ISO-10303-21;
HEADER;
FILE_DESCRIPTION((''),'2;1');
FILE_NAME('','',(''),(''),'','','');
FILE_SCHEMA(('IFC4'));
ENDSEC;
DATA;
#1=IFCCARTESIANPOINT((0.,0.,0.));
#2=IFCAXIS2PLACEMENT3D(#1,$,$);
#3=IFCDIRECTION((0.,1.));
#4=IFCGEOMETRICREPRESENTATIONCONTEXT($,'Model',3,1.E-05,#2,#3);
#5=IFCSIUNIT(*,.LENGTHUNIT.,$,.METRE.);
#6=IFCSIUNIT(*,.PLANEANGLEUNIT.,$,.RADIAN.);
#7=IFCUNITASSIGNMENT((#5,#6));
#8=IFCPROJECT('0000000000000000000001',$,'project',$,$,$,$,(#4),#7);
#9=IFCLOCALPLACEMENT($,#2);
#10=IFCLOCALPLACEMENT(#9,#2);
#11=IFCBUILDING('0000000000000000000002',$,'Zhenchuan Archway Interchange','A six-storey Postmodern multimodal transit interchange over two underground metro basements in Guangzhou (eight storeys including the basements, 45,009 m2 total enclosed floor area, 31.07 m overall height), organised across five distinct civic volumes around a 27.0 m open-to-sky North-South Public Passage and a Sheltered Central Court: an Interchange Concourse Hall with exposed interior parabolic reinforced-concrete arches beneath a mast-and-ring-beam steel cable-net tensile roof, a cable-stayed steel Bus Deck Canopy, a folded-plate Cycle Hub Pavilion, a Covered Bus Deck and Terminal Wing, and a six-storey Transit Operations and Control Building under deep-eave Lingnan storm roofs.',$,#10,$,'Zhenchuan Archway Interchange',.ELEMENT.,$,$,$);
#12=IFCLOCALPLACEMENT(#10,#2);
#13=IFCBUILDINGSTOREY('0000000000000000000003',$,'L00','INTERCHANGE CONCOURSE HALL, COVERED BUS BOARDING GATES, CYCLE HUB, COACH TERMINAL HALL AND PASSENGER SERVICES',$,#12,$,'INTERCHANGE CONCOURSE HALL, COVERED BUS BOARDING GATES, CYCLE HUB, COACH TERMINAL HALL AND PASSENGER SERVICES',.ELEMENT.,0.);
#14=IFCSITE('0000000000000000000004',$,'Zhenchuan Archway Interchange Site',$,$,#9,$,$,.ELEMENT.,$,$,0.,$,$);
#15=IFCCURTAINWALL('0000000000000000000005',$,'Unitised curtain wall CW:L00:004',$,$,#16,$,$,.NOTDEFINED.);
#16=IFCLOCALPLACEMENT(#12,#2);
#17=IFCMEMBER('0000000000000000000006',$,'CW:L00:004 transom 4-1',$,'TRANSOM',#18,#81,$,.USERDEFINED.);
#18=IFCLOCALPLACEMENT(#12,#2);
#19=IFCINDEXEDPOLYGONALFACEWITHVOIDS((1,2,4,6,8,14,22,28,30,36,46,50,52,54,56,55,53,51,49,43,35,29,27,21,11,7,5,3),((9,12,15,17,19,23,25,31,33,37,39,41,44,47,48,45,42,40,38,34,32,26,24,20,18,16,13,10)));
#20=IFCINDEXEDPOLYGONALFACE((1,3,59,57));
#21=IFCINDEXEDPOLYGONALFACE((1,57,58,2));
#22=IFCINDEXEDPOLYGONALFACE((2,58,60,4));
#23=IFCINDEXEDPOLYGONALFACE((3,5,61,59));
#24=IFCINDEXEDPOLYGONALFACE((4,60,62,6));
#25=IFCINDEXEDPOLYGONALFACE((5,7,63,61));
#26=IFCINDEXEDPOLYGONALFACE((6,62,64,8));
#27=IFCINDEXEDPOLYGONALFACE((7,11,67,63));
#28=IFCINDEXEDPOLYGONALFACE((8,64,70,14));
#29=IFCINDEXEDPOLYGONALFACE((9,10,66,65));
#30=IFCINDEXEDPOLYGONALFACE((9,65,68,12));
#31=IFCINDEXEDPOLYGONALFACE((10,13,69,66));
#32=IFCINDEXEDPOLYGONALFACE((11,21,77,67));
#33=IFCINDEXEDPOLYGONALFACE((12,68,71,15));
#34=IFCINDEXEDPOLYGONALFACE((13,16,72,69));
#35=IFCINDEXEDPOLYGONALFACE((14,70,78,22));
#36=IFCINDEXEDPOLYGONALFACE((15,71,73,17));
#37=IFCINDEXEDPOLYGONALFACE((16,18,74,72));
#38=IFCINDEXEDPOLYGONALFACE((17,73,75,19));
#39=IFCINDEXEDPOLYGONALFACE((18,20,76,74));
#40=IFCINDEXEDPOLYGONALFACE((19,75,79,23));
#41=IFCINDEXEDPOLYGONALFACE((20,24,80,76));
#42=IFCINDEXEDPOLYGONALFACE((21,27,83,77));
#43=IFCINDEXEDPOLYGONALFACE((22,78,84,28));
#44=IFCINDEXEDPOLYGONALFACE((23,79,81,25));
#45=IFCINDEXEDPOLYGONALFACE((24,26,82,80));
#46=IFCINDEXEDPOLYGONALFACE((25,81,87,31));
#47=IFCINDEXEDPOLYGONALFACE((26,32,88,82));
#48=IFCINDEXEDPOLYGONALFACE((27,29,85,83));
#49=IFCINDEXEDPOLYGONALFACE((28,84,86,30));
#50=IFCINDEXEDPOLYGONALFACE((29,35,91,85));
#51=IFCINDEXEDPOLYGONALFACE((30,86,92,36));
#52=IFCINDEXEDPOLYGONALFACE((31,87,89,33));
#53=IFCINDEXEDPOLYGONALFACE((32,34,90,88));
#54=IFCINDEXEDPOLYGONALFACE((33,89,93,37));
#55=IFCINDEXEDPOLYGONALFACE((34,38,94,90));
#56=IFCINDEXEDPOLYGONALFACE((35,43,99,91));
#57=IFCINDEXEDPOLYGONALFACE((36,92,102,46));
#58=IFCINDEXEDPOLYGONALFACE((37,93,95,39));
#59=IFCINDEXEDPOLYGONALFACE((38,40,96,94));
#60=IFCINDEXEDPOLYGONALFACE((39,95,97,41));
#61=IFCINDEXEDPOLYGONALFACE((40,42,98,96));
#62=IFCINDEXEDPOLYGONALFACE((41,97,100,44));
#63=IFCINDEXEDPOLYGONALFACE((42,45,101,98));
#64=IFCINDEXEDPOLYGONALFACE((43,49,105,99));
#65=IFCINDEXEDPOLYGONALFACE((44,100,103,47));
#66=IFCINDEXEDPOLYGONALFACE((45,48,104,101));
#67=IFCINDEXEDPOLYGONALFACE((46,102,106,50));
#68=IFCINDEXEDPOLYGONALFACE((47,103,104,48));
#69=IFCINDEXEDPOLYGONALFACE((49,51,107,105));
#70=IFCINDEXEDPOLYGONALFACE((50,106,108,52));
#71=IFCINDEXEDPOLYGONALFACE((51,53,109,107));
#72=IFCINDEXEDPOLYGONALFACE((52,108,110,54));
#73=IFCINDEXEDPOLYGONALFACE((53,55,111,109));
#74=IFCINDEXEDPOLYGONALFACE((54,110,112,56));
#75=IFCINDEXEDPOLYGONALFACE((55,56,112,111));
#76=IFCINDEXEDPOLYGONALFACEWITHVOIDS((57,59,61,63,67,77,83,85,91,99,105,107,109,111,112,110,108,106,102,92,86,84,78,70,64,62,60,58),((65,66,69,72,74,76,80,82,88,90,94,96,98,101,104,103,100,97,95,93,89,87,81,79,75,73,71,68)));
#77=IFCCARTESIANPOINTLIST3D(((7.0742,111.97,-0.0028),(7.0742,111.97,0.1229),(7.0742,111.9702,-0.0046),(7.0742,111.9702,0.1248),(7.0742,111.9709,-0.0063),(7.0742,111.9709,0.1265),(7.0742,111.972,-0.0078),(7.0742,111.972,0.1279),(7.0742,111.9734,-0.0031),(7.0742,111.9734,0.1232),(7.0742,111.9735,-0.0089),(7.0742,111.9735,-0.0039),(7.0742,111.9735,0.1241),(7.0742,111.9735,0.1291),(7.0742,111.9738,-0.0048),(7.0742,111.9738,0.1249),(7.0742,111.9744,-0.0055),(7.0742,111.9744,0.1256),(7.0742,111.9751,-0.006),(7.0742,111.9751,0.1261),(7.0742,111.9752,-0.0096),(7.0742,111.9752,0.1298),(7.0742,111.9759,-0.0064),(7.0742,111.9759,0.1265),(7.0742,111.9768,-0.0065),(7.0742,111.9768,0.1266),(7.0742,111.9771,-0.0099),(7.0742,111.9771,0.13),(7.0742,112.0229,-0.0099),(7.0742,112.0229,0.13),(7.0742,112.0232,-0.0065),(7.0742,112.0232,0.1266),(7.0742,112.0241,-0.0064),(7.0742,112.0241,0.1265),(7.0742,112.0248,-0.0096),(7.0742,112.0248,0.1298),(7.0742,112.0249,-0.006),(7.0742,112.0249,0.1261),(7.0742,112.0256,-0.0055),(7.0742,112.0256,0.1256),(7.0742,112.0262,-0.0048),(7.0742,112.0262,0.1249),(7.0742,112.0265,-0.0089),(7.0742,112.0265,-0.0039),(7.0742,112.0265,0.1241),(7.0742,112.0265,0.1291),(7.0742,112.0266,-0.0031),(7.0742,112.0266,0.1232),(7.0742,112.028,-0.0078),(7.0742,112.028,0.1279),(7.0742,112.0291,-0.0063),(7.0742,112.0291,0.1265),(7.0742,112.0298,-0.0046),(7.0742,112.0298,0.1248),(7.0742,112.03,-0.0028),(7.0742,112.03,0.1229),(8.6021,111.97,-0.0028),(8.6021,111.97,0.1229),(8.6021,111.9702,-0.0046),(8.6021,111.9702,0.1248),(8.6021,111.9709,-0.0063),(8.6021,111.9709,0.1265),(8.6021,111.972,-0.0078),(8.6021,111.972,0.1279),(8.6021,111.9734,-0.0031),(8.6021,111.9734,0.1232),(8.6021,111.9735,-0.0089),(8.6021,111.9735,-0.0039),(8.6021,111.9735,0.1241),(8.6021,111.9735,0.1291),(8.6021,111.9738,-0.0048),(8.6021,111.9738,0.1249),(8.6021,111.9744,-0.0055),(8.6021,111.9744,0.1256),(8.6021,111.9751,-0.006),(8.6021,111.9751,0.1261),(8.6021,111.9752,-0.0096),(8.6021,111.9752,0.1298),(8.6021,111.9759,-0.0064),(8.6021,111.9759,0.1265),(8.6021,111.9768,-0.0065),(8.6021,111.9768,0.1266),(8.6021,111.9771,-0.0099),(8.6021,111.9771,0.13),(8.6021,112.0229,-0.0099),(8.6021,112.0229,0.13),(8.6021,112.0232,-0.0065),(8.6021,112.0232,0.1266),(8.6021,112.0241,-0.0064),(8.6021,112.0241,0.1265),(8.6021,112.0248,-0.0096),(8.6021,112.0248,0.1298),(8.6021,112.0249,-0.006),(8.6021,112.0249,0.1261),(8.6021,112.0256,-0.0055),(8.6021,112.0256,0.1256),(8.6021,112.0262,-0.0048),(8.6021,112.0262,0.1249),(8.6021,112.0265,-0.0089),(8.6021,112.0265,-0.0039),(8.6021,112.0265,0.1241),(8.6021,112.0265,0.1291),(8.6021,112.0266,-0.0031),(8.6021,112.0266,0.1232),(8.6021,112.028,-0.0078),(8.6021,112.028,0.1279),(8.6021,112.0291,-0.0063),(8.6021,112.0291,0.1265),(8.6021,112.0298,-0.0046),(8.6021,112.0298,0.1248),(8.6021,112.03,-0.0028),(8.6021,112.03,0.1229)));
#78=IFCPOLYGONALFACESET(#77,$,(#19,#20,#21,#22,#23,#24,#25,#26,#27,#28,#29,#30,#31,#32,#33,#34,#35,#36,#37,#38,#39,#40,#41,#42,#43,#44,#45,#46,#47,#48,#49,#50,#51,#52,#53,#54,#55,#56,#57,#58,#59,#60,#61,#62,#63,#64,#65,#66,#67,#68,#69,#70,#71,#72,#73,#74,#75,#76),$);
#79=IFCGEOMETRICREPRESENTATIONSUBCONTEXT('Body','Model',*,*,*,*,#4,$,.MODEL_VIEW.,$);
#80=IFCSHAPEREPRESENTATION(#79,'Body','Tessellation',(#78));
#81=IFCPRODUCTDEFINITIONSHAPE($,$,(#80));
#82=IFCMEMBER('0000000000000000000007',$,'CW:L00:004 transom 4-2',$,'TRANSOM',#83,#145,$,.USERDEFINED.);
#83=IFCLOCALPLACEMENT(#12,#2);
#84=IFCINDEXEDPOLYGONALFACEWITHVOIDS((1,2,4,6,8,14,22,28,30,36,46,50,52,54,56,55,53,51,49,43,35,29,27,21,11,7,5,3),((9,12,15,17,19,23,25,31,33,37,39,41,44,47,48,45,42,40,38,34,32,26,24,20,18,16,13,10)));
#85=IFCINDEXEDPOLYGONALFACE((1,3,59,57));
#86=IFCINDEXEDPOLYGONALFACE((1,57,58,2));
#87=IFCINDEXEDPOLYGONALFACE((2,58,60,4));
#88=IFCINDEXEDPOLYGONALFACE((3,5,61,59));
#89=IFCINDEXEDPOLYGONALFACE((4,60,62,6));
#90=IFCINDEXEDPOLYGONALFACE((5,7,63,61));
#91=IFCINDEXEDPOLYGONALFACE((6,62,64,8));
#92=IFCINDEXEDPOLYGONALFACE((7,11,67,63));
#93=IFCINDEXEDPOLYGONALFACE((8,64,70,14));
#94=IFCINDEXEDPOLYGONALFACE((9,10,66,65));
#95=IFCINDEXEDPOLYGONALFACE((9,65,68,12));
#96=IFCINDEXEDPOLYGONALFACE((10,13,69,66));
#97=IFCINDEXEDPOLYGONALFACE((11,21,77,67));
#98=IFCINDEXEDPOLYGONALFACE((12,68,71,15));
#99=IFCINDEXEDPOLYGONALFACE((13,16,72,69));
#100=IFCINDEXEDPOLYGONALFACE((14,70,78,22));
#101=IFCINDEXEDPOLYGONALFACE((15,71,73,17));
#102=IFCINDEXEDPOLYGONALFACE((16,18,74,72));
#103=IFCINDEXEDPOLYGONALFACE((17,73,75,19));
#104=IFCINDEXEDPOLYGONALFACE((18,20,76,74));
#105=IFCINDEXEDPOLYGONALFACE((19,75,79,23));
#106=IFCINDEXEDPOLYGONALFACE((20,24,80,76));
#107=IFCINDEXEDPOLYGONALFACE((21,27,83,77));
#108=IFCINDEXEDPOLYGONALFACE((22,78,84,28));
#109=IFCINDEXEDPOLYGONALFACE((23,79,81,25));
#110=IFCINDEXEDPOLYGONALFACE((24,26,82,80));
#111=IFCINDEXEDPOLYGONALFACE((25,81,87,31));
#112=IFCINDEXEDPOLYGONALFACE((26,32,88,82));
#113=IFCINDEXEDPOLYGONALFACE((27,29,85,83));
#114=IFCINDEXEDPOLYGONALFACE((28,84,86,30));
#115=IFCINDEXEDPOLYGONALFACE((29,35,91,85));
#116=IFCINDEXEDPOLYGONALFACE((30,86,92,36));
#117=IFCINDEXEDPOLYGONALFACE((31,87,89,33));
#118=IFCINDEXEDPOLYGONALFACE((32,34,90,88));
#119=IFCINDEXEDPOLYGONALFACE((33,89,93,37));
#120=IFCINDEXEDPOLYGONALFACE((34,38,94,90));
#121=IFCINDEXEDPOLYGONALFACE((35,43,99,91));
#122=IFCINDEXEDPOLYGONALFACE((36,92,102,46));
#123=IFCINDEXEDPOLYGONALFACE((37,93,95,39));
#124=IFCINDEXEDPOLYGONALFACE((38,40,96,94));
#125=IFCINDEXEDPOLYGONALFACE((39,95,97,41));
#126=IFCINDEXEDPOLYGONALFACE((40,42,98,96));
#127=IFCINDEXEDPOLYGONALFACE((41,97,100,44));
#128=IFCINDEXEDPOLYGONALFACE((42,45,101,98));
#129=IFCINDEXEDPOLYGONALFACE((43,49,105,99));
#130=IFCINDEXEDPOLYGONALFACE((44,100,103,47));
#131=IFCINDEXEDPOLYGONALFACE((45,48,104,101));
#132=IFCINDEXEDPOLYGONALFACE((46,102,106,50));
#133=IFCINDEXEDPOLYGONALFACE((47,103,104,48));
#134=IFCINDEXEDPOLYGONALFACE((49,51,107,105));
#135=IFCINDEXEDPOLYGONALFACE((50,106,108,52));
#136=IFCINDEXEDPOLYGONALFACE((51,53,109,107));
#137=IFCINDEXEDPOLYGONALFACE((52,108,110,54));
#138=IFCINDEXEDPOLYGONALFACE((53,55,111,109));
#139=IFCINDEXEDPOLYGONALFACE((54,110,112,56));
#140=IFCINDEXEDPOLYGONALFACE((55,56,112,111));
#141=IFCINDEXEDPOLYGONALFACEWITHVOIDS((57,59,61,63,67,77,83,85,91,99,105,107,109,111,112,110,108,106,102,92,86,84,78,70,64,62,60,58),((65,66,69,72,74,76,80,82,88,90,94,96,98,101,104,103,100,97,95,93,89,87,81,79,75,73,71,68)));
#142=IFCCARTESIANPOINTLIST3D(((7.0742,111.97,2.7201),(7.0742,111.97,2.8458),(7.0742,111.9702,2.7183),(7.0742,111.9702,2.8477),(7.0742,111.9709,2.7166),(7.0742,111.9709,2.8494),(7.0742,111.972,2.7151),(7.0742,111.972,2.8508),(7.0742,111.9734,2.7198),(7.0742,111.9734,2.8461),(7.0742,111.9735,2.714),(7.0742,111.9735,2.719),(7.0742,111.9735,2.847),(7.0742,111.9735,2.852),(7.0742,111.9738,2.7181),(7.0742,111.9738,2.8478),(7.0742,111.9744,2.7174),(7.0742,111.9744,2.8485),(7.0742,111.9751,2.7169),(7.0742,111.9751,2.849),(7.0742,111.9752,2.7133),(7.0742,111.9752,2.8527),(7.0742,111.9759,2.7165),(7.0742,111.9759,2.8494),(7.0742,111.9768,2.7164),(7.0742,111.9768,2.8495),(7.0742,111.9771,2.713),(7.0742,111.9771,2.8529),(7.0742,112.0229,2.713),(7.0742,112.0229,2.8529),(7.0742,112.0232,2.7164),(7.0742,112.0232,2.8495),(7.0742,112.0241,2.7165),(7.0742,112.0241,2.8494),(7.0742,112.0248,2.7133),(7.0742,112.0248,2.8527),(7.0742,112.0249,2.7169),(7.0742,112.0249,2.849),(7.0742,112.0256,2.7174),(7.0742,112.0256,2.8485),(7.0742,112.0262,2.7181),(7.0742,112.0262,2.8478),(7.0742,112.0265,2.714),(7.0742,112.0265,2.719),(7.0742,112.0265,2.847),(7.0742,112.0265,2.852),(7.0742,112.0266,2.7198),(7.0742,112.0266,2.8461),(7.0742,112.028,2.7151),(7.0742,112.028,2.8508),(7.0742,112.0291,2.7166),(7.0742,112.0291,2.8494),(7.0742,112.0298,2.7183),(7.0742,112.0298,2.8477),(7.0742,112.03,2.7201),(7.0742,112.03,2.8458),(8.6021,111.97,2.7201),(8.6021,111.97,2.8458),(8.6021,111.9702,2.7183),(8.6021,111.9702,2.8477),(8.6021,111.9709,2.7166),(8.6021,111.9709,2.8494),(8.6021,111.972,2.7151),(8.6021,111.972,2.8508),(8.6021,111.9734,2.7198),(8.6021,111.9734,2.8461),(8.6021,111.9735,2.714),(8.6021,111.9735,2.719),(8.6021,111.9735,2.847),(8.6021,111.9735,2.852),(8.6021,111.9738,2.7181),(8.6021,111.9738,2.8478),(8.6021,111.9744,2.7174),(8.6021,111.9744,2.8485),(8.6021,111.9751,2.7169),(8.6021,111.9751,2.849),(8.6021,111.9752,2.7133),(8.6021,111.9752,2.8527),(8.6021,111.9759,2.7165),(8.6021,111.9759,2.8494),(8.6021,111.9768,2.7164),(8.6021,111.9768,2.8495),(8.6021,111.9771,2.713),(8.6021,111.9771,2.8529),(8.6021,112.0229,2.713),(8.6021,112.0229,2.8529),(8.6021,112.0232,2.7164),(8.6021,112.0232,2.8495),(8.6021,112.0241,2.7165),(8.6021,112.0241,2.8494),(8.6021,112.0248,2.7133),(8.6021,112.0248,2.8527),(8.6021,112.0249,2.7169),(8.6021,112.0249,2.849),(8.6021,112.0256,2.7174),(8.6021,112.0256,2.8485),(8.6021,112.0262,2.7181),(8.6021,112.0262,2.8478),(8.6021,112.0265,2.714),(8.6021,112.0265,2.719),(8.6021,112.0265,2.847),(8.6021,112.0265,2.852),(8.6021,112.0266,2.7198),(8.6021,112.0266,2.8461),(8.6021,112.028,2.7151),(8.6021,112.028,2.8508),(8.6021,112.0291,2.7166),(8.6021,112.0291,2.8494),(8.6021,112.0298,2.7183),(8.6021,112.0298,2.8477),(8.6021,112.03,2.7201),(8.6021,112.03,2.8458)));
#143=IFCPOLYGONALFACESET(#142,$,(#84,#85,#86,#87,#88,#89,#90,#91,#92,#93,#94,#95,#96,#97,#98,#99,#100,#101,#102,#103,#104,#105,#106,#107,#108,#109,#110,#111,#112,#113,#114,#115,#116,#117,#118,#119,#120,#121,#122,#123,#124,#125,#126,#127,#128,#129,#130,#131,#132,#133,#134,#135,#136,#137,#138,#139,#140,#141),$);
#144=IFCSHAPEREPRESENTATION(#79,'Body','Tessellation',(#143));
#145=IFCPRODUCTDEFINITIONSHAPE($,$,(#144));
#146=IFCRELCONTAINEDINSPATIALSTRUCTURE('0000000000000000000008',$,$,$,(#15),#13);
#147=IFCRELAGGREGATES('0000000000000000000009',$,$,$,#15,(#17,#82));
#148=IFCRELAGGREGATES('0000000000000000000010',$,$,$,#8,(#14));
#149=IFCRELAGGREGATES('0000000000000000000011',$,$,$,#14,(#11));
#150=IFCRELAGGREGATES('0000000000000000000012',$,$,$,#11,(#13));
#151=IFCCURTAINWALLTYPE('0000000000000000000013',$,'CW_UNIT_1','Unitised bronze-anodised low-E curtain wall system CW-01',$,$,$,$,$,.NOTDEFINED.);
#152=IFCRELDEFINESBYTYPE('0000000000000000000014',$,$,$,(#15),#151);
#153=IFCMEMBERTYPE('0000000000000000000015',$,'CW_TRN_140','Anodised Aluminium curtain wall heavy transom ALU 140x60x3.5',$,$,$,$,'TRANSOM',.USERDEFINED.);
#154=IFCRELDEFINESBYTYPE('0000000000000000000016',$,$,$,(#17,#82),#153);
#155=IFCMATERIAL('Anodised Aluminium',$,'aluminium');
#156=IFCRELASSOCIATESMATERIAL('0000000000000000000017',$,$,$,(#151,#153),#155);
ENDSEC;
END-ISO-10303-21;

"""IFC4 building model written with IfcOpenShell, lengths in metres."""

from ifc_helpers import new_model, si_unit, direction, frame, origin, origin_2d, place, context, subcontext, project, spatial, hollow_rectangle, extrude, material, material_profile, profile_set, type_object, element, aggregate, save


model = new_model("IFC4")

# Units and contexts
model_context = context("Model", 3, precision=1e-05, world=origin(), true_north=direction((0.0, 1.0)))
body_context = subcontext(model_context, "Body", "Model", "MODEL_VIEW")
ifc_project = project(units=[si_unit("LENGTHUNIT", "METRE"), si_unit("PLANEANGLEUNIT", "RADIAN")], contexts=[model_context])

# Site, building, storey
site_placement = place(None, origin())
site = spatial("IfcSite", under=ifc_project, at=site_placement, Name="Zhenchuan Archway Interchange Site", CompositionType="ELEMENT", RefElevation=0.0)
building_placement = place(site_placement, origin())
building = spatial("IfcBuilding", under=site, at=building_placement, Name="Zhenchuan Archway Interchange", Description="A six-storey Postmodern multimodal transit interchange over two underground metro basements in Guangzhou (eight storeys including the basements, 45,009 m2 total enclosed floor area, 31.07 m overall height), organised across five distinct civic volumes around a 27.0 m open-to-sky North-South Public Passage and a Sheltered Central Court: an Interchange Concourse Hall with exposed interior parabolic reinforced-concrete arches beneath a mast-and-ring-beam steel cable-net tensile roof, a cable-stayed steel Bus Deck Canopy, a folded-plate Cycle Hub Pavilion, a Covered Bus Deck and Terminal Wing, and a six-storey Transit Operations and Control Building under deep-eave Lingnan storm roofs.", LongName="Zhenchuan Archway Interchange", CompositionType="ELEMENT")
storey_placement = place(building_placement, origin())
storey = spatial("IfcBuildingStorey", under=building, at=storey_placement, Name="L00", Description="INTERCHANGE CONCOURSE HALL, COVERED BUS BOARDING GATES, CYCLE HUB, COACH TERMINAL HALL AND PASSENGER SERVICES", LongName="INTERCHANGE CONCOURSE HALL, COVERED BUS BOARDING GATES, CYCLE HUB, COACH TERMINAL HALL AND PASSENGER SERVICES", CompositionType="ELEMENT", Elevation=0.0)

# Curtain wall, members
ifc_material_1 = material(Name="Anodised Aluminium", Category="aluminium")
curtain_wall_type = type_object("IfcCurtainWallType", Name="CW_UNIT_1", Description="Unitised bronze-anodised low-E curtain wall system CW-01", PredefinedType="NOTDEFINED", material=ifc_material_1)
curtain_wall_placement = place(storey_placement, origin())
curtain_wall = element("IfcCurtainWall", 1, at=curtain_wall_placement, inside=storey, type_object=curtain_wall_type, Name="Unitised curtain wall CW:L00:004", PredefinedType="NOTDEFINED")
ifc_material_profile_1 = material_profile(ifc_material_1, hollow_rectangle(XDim=0.0601, YDim=0.1399, WallThickness=0.0034, InnerFilletRadius=0.0034, OuterFilletRadius=0.0071, at=origin_2d()), Name="ALU 140x60x3.5")
ifc_profile_set_1 = profile_set([ifc_material_profile_1], Name="Anodised Aluminium")
member_type_1 = type_object("IfcMemberType", Name="CW_TRN_140", Description="Anodised Aluminium curtain wall heavy transom ALU 140x60x3.5", ElementType="TRANSOM", PredefinedType="USERDEFINED", material=ifc_profile_set_1)
member_1_placement = place(storey_placement, frame((7.0742, 112.0, 0.0601), z_axis=(1.0, 0.0, 0.0), x_axis=(0.0, 1.0, 0.0)))
member_1 = element("IfcMember", 2, at=member_1_placement, type_object=member_type_1, Name="CW:L00:004 transom 4-1", ObjectType="TRANSOM", PredefinedType="USERDEFINED", context=body_context, shape_type="SweptSolid", body=[
    extrude(hollow_rectangle(XDim=0.0601, YDim=0.1399, WallThickness=0.0034, InnerFilletRadius=0.0034, OuterFilletRadius=0.0071, at=origin_2d()), origin(), (0.0, 0.0, 1.0), 1.5278),
])
member_2_placement = place(storey_placement, frame((7.0742, 112.0, 2.783), z_axis=(1.0, 0.0, 0.0), x_axis=(0.0, 1.0, 0.0)))
member_2 = element("IfcMember", 3, at=member_2_placement, type_object=member_type_1, Name="CW:L00:004 transom 4-2", ObjectType="TRANSOM", PredefinedType="USERDEFINED", context=body_context, shape_type="SweptSolid", body=[
    extrude(hollow_rectangle(XDim=0.0601, YDim=0.1399, WallThickness=0.0034, InnerFilletRadius=0.0034, OuterFilletRadius=0.0071, at=origin_2d()), origin(), (0.0, 0.0, 1.0), 1.5278),
])

aggregate(curtain_wall, [member_1, member_2])

save(model, "model.ifc")
